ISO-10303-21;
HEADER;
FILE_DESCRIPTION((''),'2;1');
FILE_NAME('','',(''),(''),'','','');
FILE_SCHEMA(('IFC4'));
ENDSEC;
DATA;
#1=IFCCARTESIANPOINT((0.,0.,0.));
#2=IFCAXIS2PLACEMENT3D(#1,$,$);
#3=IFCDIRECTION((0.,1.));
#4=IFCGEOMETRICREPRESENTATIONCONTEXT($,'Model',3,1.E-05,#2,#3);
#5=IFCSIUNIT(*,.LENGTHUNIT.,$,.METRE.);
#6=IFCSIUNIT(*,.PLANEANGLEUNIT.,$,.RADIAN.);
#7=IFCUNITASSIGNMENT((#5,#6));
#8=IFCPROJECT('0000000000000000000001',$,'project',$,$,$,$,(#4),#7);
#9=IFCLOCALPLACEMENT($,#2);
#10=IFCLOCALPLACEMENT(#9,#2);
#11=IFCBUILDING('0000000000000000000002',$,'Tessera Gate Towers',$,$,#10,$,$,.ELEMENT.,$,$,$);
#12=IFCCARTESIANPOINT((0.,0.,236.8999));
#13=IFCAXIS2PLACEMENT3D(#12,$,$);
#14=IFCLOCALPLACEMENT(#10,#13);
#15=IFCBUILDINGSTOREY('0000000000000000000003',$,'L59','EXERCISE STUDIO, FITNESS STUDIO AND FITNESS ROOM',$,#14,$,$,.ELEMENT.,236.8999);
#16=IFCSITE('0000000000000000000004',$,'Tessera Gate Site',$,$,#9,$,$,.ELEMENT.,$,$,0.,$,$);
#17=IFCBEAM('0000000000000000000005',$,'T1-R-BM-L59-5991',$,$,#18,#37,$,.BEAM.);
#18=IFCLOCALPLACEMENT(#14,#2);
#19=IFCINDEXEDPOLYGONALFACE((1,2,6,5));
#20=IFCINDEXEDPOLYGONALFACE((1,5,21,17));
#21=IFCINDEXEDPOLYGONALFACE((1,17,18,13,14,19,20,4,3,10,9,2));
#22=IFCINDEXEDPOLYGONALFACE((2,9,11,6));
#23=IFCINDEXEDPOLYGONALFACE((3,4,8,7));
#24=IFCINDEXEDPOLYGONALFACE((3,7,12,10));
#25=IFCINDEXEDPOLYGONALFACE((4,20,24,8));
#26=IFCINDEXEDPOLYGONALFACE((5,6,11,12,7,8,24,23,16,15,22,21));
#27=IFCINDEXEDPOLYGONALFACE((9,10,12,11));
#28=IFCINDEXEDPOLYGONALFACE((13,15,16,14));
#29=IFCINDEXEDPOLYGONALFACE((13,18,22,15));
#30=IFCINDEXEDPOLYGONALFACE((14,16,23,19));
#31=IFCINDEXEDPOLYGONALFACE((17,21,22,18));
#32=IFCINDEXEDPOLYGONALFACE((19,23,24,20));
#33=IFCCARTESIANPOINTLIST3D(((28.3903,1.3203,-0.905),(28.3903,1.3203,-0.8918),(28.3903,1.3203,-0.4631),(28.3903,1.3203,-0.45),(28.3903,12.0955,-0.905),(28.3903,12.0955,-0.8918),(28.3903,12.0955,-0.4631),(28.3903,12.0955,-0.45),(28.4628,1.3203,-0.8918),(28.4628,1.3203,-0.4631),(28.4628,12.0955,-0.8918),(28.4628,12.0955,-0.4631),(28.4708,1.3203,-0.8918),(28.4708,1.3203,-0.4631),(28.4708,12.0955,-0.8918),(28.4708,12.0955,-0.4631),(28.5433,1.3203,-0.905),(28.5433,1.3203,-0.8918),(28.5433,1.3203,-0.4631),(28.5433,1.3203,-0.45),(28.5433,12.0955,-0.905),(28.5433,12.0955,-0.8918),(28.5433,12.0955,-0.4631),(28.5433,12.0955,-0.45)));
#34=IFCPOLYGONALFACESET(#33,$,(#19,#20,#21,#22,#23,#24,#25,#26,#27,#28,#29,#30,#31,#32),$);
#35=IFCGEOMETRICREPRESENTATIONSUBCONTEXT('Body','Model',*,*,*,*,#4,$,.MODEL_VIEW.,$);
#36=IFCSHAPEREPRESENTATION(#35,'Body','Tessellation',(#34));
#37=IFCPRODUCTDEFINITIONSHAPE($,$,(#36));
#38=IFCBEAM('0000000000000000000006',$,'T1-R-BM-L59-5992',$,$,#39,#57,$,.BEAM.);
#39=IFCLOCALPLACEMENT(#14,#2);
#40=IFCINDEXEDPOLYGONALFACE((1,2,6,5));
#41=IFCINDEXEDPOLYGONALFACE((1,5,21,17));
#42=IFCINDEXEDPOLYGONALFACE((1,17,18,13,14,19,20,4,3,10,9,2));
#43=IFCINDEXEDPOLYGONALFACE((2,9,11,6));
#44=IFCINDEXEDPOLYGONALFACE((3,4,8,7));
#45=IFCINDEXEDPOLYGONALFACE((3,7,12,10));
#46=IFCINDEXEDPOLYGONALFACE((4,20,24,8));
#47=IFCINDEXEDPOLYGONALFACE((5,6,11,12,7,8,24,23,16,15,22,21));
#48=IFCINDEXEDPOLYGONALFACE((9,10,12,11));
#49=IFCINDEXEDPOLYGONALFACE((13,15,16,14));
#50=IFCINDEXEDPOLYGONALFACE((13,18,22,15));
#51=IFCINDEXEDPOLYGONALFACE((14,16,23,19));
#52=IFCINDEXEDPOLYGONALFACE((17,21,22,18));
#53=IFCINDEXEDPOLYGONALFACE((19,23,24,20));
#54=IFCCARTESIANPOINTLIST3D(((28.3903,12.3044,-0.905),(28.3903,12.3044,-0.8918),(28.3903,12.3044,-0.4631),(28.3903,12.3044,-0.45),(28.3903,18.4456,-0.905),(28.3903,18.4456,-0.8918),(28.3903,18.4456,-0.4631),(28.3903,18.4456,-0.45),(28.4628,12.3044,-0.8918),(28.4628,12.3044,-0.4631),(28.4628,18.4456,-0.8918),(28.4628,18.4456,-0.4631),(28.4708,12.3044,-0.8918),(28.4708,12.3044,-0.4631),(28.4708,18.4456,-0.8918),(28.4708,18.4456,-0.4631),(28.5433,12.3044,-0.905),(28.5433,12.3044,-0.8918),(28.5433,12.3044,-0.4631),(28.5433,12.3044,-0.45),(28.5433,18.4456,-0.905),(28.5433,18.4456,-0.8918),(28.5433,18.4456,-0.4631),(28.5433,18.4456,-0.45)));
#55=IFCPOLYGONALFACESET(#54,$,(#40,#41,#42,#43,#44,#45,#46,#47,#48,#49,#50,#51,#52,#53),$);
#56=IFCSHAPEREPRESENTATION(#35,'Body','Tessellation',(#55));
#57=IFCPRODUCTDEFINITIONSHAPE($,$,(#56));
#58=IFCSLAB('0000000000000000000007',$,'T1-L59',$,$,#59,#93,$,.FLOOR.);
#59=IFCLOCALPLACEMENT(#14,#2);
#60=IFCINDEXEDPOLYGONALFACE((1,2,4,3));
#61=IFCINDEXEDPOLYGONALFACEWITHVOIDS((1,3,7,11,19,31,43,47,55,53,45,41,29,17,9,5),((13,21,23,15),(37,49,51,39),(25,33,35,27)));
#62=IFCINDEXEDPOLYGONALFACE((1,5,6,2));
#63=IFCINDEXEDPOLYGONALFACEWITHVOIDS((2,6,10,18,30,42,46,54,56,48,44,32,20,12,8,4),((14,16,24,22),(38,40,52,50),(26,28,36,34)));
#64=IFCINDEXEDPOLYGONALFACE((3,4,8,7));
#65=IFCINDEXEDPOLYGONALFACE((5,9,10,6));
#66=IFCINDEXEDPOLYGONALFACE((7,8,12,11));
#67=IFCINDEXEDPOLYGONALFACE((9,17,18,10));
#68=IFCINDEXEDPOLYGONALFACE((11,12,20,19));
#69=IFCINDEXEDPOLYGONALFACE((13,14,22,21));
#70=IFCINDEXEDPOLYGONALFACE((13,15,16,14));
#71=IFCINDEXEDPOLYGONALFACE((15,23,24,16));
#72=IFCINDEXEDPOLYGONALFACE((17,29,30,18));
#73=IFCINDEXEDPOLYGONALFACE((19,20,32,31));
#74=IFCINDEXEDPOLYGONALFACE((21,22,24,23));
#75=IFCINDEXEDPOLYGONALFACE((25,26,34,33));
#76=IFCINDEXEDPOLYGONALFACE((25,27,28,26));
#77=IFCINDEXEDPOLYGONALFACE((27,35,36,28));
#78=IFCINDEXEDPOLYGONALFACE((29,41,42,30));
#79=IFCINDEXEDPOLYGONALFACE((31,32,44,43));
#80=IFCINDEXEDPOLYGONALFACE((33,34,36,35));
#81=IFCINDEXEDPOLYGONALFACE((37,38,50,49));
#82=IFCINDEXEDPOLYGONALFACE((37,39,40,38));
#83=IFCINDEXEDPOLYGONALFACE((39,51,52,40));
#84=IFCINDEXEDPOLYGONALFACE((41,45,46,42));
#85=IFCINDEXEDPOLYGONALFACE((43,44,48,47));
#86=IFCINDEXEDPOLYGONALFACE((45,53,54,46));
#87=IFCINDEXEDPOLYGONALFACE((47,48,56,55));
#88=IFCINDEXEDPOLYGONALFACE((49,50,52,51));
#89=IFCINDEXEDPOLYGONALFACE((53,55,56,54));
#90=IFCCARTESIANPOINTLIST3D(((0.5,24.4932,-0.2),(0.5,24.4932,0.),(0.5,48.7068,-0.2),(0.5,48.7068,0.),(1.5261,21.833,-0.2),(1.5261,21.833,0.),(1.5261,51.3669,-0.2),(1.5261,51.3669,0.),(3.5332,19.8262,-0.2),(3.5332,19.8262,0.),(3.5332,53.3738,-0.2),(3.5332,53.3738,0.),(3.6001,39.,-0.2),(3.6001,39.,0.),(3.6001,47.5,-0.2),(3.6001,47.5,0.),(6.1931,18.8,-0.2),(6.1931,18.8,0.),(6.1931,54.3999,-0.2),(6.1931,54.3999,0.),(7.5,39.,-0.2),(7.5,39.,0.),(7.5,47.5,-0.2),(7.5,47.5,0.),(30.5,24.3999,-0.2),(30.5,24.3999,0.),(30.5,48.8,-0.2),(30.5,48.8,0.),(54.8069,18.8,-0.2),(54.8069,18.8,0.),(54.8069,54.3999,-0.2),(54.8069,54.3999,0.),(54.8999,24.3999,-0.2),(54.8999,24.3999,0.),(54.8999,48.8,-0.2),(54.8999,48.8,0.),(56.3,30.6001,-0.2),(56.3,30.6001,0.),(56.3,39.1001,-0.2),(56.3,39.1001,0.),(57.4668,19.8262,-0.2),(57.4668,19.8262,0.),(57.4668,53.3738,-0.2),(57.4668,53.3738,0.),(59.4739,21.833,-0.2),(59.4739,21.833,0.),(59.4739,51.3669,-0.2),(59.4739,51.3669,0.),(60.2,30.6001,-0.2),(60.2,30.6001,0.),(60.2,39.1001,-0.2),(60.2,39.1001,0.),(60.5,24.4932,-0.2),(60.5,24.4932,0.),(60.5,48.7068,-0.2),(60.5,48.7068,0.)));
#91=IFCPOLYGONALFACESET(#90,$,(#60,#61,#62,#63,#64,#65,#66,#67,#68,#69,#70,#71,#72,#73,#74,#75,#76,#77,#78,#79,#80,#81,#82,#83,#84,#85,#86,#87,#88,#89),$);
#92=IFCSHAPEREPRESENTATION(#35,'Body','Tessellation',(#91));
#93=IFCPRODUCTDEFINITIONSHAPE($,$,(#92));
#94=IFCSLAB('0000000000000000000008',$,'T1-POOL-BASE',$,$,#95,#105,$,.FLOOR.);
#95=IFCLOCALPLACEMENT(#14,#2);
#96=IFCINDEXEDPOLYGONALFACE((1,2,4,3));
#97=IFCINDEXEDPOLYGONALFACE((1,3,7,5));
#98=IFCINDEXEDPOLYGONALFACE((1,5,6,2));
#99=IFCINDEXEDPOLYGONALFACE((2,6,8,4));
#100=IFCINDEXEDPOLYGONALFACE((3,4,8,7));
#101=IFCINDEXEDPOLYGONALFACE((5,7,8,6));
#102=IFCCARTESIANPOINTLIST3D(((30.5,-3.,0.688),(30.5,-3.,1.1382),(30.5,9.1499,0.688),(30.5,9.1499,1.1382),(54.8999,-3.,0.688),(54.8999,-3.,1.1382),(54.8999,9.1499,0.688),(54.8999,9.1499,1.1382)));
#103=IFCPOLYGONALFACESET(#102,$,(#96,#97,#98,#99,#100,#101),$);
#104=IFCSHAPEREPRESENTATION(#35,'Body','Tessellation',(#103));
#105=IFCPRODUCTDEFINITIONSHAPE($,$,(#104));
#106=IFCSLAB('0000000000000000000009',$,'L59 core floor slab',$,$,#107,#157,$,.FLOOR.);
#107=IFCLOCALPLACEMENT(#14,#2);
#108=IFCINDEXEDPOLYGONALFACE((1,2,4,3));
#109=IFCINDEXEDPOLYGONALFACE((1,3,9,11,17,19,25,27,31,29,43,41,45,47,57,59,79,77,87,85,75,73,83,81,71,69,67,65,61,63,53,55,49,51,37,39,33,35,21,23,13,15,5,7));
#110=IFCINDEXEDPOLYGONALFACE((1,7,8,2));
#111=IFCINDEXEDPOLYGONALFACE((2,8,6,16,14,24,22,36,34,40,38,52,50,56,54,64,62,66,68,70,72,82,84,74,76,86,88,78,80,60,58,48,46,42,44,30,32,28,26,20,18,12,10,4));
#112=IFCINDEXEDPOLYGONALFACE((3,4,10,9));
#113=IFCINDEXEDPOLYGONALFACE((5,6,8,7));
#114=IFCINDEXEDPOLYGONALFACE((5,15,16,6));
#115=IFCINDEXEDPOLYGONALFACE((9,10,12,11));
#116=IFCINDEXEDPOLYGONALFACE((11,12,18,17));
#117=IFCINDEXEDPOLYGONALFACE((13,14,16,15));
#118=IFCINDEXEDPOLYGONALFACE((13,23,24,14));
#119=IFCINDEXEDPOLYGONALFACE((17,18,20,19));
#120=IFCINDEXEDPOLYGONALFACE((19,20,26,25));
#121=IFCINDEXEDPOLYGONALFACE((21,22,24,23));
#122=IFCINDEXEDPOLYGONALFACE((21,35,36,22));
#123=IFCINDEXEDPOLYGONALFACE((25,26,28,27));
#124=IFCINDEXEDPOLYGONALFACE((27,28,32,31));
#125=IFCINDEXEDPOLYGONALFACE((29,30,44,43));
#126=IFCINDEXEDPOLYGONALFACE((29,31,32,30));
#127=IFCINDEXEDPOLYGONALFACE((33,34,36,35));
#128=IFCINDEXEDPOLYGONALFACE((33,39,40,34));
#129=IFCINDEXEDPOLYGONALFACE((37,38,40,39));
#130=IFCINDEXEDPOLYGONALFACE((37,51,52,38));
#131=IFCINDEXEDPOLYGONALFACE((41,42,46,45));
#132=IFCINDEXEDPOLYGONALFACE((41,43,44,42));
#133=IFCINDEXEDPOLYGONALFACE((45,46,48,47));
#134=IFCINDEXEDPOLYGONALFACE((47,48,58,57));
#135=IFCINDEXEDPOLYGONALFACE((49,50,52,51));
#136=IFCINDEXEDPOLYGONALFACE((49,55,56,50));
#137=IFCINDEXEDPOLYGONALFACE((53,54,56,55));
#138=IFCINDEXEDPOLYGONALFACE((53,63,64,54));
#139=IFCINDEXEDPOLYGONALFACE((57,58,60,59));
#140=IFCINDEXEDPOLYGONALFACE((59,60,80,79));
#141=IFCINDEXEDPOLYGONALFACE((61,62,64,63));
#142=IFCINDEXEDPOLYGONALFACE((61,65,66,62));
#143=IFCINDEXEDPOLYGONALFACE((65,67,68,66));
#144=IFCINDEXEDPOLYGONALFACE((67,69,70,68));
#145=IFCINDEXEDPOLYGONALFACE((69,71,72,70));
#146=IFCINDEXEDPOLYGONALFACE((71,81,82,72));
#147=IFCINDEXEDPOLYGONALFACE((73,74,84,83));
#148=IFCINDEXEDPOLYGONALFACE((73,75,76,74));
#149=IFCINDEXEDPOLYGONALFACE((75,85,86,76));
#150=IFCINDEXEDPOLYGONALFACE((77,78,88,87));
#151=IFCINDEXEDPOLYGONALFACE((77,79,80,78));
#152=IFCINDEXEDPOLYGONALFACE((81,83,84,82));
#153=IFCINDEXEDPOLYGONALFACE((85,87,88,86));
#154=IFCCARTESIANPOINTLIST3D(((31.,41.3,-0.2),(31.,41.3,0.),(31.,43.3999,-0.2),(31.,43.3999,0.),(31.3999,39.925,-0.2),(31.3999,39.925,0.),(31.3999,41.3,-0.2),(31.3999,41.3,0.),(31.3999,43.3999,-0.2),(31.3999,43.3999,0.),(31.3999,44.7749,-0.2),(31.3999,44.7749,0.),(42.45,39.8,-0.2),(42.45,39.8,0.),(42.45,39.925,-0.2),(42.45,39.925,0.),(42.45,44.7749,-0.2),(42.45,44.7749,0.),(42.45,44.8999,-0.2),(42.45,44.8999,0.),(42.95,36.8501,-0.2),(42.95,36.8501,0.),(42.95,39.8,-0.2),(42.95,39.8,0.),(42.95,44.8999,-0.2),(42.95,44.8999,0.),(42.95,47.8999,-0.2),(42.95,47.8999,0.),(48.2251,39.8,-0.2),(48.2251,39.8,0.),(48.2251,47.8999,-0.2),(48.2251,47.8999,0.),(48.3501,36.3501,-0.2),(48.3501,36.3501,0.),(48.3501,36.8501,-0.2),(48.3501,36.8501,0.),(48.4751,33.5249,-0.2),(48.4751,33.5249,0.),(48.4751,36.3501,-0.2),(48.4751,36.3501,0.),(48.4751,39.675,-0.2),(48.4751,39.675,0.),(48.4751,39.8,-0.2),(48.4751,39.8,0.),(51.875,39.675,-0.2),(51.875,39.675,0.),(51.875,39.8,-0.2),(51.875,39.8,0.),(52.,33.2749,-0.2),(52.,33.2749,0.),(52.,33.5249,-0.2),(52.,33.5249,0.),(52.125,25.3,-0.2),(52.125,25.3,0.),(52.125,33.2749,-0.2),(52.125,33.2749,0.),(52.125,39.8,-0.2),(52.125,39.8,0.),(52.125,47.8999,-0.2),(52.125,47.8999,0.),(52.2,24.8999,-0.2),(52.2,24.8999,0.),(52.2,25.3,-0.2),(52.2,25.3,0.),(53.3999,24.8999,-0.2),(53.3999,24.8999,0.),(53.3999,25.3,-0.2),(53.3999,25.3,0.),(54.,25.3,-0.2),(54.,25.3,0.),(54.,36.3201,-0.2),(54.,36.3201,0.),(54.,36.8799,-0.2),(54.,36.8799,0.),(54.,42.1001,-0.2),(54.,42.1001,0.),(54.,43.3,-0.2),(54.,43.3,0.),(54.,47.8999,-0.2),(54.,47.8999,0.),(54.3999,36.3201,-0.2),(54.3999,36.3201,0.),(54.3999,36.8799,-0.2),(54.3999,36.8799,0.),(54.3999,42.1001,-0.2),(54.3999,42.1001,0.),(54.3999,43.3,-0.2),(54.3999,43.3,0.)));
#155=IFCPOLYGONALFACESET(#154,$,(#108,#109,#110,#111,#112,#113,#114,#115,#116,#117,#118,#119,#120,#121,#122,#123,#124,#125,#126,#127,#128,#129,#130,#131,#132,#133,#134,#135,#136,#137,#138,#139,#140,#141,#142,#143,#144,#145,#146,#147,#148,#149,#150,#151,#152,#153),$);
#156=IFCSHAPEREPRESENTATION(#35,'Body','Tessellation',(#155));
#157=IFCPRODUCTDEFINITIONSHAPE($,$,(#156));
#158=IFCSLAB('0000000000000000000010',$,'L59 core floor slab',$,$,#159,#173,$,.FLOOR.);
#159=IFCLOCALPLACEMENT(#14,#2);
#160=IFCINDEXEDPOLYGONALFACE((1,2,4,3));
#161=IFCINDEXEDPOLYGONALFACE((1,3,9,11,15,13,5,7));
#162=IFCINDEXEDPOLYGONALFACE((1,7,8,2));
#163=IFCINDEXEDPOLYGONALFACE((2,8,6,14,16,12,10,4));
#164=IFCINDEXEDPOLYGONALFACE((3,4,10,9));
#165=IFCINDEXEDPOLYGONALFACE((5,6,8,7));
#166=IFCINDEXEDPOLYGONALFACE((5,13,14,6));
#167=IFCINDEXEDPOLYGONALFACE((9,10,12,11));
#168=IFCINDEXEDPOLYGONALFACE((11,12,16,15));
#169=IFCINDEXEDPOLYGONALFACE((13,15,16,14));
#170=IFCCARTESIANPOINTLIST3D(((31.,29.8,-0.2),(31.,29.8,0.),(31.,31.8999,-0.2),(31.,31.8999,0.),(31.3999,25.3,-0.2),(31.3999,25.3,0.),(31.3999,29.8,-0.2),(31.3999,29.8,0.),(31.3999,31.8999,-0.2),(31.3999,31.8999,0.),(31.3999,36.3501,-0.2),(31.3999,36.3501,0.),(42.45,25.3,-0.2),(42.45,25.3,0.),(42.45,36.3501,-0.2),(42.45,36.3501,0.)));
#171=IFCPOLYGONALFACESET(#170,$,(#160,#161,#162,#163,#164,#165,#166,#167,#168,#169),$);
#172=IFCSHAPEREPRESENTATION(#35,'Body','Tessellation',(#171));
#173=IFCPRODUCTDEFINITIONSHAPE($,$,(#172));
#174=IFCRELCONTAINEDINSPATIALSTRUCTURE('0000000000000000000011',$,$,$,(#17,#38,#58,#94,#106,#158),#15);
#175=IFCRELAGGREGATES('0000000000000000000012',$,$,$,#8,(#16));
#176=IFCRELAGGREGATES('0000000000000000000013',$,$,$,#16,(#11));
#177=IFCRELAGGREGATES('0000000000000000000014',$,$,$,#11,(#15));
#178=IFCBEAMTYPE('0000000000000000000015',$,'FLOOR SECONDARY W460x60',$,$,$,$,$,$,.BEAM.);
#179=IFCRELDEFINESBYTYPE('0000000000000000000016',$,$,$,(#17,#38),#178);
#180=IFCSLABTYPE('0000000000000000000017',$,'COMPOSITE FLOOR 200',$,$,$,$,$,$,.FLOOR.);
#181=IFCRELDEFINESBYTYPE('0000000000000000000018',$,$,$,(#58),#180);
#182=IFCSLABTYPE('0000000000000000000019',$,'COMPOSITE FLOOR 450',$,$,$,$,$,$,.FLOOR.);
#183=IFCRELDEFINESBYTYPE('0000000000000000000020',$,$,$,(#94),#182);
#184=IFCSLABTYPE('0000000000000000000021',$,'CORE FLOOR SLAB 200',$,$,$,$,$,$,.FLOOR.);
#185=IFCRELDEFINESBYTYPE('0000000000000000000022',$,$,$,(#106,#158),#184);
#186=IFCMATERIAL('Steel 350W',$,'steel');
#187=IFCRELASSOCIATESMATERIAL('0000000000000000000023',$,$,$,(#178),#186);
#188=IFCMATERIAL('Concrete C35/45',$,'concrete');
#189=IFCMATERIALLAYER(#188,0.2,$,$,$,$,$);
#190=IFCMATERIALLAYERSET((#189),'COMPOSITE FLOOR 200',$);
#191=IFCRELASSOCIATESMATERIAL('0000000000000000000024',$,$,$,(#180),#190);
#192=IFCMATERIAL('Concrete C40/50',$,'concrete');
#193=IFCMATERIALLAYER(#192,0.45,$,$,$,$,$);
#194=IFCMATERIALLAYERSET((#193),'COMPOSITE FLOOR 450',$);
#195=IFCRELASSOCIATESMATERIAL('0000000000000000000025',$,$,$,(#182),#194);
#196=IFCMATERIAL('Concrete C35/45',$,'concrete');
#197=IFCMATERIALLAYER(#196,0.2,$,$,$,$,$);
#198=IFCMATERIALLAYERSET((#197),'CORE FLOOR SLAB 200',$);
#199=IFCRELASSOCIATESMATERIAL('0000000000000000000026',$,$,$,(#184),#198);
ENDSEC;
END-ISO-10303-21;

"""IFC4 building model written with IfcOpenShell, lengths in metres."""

from ifc_helpers import new_model, si_unit, direction, frame, origin, origin_2d, place, context, subcontext, project, spatial, polyline, i_section, outline, extrude, material, layer, layer_set, material_profile, profile_set, type_object, element, save


model = new_model("IFC4")

# Units and contexts
model_context = context("Model", 3, precision=1e-05, world=origin(), true_north=direction((0.0, 1.0)))
body_context = subcontext(model_context, "Body", "Model", "MODEL_VIEW")
ifc_project = project(units=[si_unit("LENGTHUNIT", "METRE"), si_unit("PLANEANGLEUNIT", "RADIAN")], contexts=[model_context])

# Site, building, storey
site_placement = place(None, origin())
site = spatial("IfcSite", under=ifc_project, at=site_placement, Name="Tessera Gate Site", CompositionType="ELEMENT", RefElevation=0.0)
building_placement = place(site_placement, origin())
building = spatial("IfcBuilding", under=site, at=building_placement, Name="Tessera Gate Towers", CompositionType="ELEMENT")
storey_placement = place(building_placement, frame((0.0, 0.0, 236.8999)))
storey = spatial("IfcBuildingStorey", under=building, at=storey_placement, Name="L59", Description="EXERCISE STUDIO, FITNESS STUDIO AND FITNESS ROOM", CompositionType="ELEMENT", Elevation=236.8999)

# Beams
ifc_material_1 = material(Name="Steel 350W", Category="steel")
ifc_material_profile_1 = material_profile(ifc_material_1, i_section(OverallWidth=0.1531, OverallDepth=0.4551, WebThickness=0.0081, FlangeThickness=0.0132, at=origin_2d()), Name="W460x60")
ifc_profile_set_1 = profile_set([ifc_material_profile_1], Name="Steel 350W")
beam_type_1 = type_object("IfcBeamType", Name="FLOOR SECONDARY W460x60", PredefinedType="BEAM", material=ifc_profile_set_1)
beam_1_placement = place(storey_placement, frame((28.4668, 1.3203, -0.6775), z_axis=(0.0, 1.0, 0.0), x_axis=(-1.0, 0.0, 0.0)))
element("IfcBeam", 1, at=beam_1_placement, inside=storey, type_object=beam_type_1, Name="T1-R-BM-L59-5991", PredefinedType="BEAM", context=body_context, shape_type="SweptSolid", body=[
    extrude(i_section(OverallWidth=0.1531, OverallDepth=0.4551, WebThickness=0.0081, FlangeThickness=0.0132, at=origin_2d()), origin(), (0.0, 0.0, 1.0), 10.7751),
])
beam_2_placement = place(storey_placement, frame((28.4668, 12.3044, -0.6775), z_axis=(0.0, 1.0, 0.0), x_axis=(-1.0, 0.0, 0.0)))
element("IfcBeam", 2, at=beam_2_placement, inside=storey, type_object=beam_type_1, Name="T1-R-BM-L59-5992", PredefinedType="BEAM", context=body_context, shape_type="SweptSolid", body=[
    extrude(i_section(OverallWidth=0.1531, OverallDepth=0.4551, WebThickness=0.0081, FlangeThickness=0.0132, at=origin_2d()), origin(), (0.0, 0.0, 1.0), 6.1411),
])

# Slabs
ifc_material_2 = material(Name="Concrete C35/45", Category="concrete")
ifc_layer_1 = layer(ifc_material_2, 0.2)
ifc_layer_set_1 = layer_set([ifc_layer_1], Name="COMPOSITE FLOOR 200")
slab_type_1 = type_object("IfcSlabType", Name="COMPOSITE FLOOR 200", PredefinedType="FLOOR", material=ifc_layer_set_1)
slab_1_placement = place(storey_placement, frame((0.0, 0.0, -0.2)))
element("IfcSlab", 3, at=slab_1_placement, inside=storey, type_object=slab_type_1, Name="T1-L59", PredefinedType="FLOOR", context=body_context, shape_type="SweptSolid", body=[
    extrude(outline(polyline([(0.5, 24.4932), (1.5261, 21.833), (3.5332, 19.8262), (6.1931, 18.8), (54.8069, 18.8), (57.4668, 19.8262), (59.4739, 21.833), (60.5, 24.4932), (60.5, 48.7068), (59.4739, 51.3669), (57.4668, 53.3738), (54.8069, 54.3999), (6.1931, 54.3999), (3.5332, 53.3738), (1.5261, 51.3669), (0.5, 48.7068), (0.5, 24.4932)]), holes=[polyline([(3.6001, 39.0), (3.6001, 47.5), (7.5, 47.5), (7.5, 39.0), (3.6001, 39.0)]), polyline([(30.5, 24.3999), (30.5, 48.8), (54.8999, 48.8), (54.8999, 24.3999), (30.5, 24.3999)]), polyline([(56.3, 30.6001), (56.3, 39.1001), (60.2, 39.1001), (60.2, 30.6001), (56.3, 30.6001)])]), origin(), (0.0, 0.0, 1.0), 0.2),
])
ifc_material_3 = material(Name="Concrete C40/50", Category="concrete")
ifc_layer_2 = layer(ifc_material_3, 0.45)
ifc_layer_set_2 = layer_set([ifc_layer_2], Name="COMPOSITE FLOOR 450")
slab_type_2 = type_object("IfcSlabType", Name="COMPOSITE FLOOR 450", PredefinedType="FLOOR", material=ifc_layer_set_2)
slab_2_placement = place(storey_placement, frame((0.0, 0.0, 0.688)))
element("IfcSlab", 4, at=slab_2_placement, inside=storey, type_object=slab_type_2, Name="T1-POOL-BASE", PredefinedType="FLOOR", context=body_context, shape_type="SweptSolid", body=[
    extrude(outline(polyline([(30.5, -3.0), (54.8999, -3.0), (54.8999, 9.1499), (30.5, 9.1499), (30.5, -3.0)])), origin(), (0.0, 0.0, 1.0), 0.4502),
])
ifc_material_4 = material(Name="Concrete C35/45", Category="concrete")
ifc_layer_3 = layer(ifc_material_4, 0.2)
ifc_layer_set_3 = layer_set([ifc_layer_3], Name="CORE FLOOR SLAB 200")
slab_type_3 = type_object("IfcSlabType", Name="CORE FLOOR SLAB 200", PredefinedType="FLOOR", material=ifc_layer_set_3)
slab_3_placement = place(storey_placement, frame((0.0, 0.0, -0.2)))
element("IfcSlab", 5, at=slab_3_placement, inside=storey, type_object=slab_type_3, Name="L59 core floor slab", PredefinedType="FLOOR", context=body_context, shape_type="SweptSolid", body=[
    extrude(outline(polyline([(42.45, 44.8999), (42.45, 44.7749), (31.3999, 44.7749), (31.3999, 43.3999), (31.0, 43.3999), (31.0, 41.3), (31.3999, 41.3), (31.3999, 39.925), (42.45, 39.925), (42.45, 39.8), (42.95, 39.8), (42.95, 36.8501), (48.3501, 36.8501), (48.3501, 36.3501), (48.4751, 36.3501), (48.4751, 33.5249), (52.0, 33.5249), (52.0, 33.2749), (52.125, 33.2749), (52.125, 25.3), (52.2, 25.3), (52.2, 24.8999), (53.3999, 24.8999), (53.3999, 25.3), (54.0, 25.3), (54.0, 36.3201), (54.3999, 36.3201), (54.3999, 36.8799), (54.0, 36.8799), (54.0, 42.1001), (54.3999, 42.1001), (54.3999, 43.3), (54.0, 43.3), (54.0, 47.8999), (52.125, 47.8999), (52.125, 39.8), (51.875, 39.8), (51.875, 39.675), (48.4751, 39.675), (48.4751, 39.8), (48.2251, 39.8), (48.2251, 47.8999), (42.95, 47.8999), (42.95, 44.8999), (42.45, 44.8999)])), origin(), (0.0, 0.0, 1.0), 0.2),
])
slab_4_placement = place(storey_placement, frame((0.0, 0.0, -0.2)))
element("IfcSlab", 6, at=slab_4_placement, inside=storey, type_object=slab_type_3, Name="L59 core floor slab", PredefinedType="FLOOR", context=body_context, shape_type="SweptSolid", body=[
    extrude(outline(polyline([(31.3999, 36.3501), (31.3999, 31.8999), (31.0, 31.8999), (31.0, 29.8), (31.3999, 29.8), (31.3999, 25.3), (42.45, 25.3), (42.45, 36.3501), (31.3999, 36.3501)])), origin(), (0.0, 0.0, 1.0), 0.2),
])

save(model, "model.ifc")
